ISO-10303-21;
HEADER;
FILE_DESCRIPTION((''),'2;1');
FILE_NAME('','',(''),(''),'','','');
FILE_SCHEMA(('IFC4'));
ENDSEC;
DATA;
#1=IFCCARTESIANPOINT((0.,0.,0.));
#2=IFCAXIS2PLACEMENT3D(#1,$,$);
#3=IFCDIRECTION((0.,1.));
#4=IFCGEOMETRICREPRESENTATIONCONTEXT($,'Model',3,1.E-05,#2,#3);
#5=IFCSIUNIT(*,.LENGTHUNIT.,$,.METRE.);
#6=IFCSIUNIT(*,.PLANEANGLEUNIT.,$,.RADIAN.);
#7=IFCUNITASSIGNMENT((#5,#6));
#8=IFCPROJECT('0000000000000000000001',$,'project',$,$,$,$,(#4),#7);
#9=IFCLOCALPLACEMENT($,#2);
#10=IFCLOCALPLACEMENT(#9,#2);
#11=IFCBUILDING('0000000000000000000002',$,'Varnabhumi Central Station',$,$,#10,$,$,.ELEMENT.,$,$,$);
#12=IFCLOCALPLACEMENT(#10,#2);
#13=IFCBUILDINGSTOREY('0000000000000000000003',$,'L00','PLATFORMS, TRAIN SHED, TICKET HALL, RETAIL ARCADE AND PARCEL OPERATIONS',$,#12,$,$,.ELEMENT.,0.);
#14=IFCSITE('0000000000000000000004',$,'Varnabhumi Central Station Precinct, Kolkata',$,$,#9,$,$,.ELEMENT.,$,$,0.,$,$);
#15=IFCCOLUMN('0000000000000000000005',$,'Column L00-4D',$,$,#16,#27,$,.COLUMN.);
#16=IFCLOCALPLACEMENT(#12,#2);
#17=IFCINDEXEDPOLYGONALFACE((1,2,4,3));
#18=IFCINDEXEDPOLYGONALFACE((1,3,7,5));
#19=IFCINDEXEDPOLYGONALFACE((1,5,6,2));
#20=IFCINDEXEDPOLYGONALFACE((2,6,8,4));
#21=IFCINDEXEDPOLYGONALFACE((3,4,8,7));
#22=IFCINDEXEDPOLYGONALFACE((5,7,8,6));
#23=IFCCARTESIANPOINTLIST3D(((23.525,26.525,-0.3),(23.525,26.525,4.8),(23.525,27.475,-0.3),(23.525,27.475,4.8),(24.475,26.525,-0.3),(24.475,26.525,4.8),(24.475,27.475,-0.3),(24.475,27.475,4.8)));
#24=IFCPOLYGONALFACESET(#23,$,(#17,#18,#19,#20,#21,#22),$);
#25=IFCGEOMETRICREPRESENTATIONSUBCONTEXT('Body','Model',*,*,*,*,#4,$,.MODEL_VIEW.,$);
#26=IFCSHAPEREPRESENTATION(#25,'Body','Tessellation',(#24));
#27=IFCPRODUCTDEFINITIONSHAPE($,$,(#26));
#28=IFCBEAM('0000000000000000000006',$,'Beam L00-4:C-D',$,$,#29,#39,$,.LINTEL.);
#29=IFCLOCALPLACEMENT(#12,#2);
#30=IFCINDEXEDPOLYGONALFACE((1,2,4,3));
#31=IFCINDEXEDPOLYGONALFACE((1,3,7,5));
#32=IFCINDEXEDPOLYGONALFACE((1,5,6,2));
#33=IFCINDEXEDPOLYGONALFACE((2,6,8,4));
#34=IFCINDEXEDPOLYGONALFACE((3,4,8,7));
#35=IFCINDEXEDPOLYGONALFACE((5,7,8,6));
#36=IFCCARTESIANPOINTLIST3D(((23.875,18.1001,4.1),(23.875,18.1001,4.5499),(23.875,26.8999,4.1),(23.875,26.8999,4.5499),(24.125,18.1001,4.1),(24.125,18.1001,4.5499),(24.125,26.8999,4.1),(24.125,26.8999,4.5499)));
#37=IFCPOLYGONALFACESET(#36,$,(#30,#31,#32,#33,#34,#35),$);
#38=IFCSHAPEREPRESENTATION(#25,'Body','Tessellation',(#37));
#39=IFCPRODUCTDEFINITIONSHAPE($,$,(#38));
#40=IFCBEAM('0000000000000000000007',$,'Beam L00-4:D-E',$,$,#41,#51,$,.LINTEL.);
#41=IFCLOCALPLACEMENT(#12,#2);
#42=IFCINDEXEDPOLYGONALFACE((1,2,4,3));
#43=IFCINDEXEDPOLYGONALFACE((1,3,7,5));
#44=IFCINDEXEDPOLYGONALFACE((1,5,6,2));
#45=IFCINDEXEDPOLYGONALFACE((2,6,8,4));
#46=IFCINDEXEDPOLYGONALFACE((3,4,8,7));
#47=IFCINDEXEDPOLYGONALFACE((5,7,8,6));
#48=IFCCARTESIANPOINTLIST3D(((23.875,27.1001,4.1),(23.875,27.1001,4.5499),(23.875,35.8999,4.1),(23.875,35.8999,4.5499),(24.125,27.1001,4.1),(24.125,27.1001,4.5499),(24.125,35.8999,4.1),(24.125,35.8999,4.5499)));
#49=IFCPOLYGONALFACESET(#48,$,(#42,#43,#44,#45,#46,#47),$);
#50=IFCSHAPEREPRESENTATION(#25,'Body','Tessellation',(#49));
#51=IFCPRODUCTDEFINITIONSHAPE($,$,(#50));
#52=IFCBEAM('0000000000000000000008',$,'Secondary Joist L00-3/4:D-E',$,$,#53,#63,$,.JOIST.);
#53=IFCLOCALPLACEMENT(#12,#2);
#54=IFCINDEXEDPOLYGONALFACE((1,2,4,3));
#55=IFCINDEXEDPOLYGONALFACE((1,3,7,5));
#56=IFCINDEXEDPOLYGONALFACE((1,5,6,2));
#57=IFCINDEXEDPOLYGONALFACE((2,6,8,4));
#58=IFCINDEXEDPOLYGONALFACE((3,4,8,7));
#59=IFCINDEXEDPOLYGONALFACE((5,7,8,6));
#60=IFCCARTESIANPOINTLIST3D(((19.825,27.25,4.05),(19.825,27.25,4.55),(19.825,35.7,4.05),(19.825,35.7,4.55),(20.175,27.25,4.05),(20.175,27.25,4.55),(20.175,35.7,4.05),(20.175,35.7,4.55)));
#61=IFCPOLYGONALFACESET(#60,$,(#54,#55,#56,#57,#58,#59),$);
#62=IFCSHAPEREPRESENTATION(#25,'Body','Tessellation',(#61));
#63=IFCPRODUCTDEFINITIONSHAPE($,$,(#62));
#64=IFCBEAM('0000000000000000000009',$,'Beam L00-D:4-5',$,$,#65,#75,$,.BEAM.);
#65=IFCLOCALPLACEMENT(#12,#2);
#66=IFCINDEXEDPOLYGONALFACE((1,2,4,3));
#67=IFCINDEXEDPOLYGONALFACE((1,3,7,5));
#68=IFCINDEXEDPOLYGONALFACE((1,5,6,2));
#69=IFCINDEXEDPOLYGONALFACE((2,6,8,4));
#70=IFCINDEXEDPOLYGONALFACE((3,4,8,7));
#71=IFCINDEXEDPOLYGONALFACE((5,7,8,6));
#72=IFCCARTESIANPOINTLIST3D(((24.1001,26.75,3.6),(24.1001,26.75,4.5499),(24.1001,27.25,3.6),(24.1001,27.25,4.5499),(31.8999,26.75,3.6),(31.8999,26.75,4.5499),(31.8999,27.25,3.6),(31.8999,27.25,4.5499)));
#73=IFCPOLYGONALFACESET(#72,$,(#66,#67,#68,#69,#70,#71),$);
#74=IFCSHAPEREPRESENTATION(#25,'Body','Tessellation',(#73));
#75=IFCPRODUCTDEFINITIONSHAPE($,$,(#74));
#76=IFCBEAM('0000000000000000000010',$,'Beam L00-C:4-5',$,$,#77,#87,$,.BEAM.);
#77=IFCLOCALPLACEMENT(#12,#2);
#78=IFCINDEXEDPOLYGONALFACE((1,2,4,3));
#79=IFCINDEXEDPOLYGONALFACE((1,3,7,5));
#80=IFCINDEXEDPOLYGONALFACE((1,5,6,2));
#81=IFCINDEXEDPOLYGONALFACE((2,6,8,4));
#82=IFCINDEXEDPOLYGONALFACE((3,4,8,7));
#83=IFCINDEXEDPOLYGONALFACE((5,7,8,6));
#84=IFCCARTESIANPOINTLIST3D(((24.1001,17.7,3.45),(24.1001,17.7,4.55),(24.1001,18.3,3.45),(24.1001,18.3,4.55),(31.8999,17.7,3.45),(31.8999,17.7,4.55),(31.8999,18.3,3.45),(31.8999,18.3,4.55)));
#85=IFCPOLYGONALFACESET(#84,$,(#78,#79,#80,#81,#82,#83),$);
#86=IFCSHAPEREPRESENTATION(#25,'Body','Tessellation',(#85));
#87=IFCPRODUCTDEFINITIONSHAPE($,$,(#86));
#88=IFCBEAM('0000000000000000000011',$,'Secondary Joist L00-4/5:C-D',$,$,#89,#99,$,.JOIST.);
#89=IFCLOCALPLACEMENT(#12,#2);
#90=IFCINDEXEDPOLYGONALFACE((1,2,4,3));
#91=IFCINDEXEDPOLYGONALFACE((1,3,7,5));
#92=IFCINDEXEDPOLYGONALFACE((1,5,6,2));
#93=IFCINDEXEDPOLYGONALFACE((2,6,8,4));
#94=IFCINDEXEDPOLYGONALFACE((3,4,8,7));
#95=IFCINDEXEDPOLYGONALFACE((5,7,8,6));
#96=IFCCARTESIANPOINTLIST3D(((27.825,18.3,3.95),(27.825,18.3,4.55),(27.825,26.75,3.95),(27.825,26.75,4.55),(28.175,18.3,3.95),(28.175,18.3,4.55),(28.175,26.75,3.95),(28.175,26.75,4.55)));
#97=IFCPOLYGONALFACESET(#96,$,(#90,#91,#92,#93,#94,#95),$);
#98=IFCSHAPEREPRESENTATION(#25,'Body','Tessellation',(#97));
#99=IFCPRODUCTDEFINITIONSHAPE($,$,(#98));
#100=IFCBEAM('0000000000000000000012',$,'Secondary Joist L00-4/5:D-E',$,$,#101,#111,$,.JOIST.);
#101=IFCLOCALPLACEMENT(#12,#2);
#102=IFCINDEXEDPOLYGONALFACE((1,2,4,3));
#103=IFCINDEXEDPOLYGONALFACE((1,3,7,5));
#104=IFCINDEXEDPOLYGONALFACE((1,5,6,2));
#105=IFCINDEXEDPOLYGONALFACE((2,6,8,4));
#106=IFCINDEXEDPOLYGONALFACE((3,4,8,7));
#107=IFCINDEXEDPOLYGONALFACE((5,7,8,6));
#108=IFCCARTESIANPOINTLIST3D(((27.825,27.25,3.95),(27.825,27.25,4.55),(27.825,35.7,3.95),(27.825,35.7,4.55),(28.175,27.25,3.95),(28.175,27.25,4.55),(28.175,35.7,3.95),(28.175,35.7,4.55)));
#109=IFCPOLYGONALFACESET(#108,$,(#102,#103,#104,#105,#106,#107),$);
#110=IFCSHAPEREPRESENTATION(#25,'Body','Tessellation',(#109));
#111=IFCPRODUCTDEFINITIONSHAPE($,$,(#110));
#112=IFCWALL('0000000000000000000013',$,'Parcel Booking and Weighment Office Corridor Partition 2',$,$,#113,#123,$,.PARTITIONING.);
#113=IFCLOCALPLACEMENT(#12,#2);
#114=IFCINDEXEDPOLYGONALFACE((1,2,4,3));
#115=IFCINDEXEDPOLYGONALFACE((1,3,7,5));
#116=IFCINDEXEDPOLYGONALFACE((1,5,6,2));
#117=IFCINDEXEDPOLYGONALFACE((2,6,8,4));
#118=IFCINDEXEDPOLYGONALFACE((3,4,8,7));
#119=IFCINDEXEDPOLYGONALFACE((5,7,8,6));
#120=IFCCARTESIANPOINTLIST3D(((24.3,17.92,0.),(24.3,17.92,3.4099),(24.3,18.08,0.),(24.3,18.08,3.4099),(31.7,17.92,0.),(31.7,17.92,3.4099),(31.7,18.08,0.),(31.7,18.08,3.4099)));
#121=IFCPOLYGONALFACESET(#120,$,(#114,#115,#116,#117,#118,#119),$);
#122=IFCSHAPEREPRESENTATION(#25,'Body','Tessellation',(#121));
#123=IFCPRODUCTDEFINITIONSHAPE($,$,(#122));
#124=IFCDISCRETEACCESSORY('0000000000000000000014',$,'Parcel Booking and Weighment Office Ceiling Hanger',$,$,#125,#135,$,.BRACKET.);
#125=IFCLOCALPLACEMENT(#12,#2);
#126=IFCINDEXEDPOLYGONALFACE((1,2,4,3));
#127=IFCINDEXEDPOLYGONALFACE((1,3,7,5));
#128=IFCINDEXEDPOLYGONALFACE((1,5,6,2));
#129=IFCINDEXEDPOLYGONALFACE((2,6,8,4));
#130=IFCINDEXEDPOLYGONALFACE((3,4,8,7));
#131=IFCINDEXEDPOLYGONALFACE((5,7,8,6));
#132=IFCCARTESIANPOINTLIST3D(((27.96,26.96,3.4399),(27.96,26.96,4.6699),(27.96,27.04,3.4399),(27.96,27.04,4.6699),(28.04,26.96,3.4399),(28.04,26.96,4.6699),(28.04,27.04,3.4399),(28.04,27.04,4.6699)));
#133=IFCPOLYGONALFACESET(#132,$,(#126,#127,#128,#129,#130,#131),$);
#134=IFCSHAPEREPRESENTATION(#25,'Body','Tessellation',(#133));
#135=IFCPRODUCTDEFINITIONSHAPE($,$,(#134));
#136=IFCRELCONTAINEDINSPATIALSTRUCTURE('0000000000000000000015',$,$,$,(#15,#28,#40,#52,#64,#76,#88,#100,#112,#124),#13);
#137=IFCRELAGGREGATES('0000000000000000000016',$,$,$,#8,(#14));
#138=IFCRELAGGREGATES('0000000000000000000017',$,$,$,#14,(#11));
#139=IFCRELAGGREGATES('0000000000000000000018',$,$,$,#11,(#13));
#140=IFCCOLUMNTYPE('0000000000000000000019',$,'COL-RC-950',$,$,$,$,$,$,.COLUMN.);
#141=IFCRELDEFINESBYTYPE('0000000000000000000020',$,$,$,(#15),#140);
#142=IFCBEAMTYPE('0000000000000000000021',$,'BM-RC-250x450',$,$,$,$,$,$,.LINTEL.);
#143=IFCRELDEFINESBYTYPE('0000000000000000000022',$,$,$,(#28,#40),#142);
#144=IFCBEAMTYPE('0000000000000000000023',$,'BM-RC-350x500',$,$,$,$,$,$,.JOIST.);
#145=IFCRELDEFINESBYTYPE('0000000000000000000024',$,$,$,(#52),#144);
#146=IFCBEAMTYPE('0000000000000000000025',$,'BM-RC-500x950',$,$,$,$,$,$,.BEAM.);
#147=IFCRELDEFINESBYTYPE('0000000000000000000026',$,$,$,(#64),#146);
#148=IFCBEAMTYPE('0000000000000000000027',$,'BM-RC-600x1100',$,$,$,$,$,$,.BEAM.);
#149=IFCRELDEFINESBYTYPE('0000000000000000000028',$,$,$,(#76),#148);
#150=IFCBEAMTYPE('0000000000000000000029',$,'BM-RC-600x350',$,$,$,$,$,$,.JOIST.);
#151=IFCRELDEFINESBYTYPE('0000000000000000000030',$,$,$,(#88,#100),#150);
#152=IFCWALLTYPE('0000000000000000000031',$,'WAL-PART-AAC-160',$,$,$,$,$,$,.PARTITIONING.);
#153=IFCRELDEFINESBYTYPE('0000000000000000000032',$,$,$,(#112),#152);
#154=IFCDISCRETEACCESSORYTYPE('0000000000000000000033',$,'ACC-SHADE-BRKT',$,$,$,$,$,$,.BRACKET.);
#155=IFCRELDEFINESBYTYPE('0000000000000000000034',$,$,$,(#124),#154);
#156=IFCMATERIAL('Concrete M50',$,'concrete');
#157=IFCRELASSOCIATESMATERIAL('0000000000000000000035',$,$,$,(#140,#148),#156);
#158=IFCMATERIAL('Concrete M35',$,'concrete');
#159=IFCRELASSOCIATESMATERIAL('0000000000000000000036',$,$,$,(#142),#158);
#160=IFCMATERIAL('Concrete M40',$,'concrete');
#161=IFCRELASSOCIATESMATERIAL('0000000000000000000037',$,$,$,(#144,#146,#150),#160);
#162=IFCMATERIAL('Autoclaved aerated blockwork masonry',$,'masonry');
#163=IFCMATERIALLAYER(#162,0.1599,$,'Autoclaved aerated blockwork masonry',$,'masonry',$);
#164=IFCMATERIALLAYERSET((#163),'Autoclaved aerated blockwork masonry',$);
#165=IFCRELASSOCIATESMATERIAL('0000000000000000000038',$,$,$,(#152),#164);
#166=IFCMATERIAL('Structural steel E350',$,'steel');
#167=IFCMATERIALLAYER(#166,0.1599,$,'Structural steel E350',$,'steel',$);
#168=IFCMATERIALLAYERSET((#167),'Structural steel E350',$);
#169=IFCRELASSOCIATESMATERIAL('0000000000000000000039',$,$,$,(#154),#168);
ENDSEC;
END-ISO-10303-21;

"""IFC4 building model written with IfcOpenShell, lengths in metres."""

from ifc_helpers import new_model, si_unit, direction, frame, frame_2d, origin, origin_2d, place, context, subcontext, project, spatial, rectangle, extrude, material, layer, layer_set, material_profile, profile_set, type_object, element, save


model = new_model("IFC4")

# Units and contexts
model_context = context("Model", 3, precision=1e-05, world=origin(), true_north=direction((0.0, 1.0)))
body_context = subcontext(model_context, "Body", "Model", "MODEL_VIEW")
ifc_project = project(units=[si_unit("LENGTHUNIT", "METRE"), si_unit("PLANEANGLEUNIT", "RADIAN")], contexts=[model_context])

# Site, building, storey
site_placement = place(None, origin())
site = spatial("IfcSite", under=ifc_project, at=site_placement, Name="Varnabhumi Central Station Precinct, Kolkata", CompositionType="ELEMENT", RefElevation=0.0)
building_placement = place(site_placement, origin())
building = spatial("IfcBuilding", under=site, at=building_placement, Name="Varnabhumi Central Station", CompositionType="ELEMENT")
storey_placement = place(building_placement, origin())
storey = spatial("IfcBuildingStorey", under=building, at=storey_placement, Name="L00", Description="PLATFORMS, TRAIN SHED, TICKET HALL, RETAIL ARCADE AND PARCEL OPERATIONS", CompositionType="ELEMENT", Elevation=0.0)

# Shared definitions
ifc_material_1 = material(Name="Concrete M40", Category="concrete")

# Shared definitions
ifc_material_2 = material(Name="Concrete M35", Category="concrete")

# Column
ifc_material_3 = material(Name="Concrete M50", Category="concrete")
ifc_material_profile_1 = material_profile(ifc_material_3, rectangle(XDim=0.95, YDim=0.95, at=origin_2d()), Name="Concrete M50", Category="concrete")
ifc_profile_set_1 = profile_set([ifc_material_profile_1], Name="Concrete M50")
column_type = type_object("IfcColumnType", Name="COL-RC-950", PredefinedType="COLUMN", material=ifc_profile_set_1)
for number, where, z_axis, x_axis, name in (
    (1, (24.0, 27.0, -0.3), (0.0, 0.0, 1.0), (1.0, 0.0, 0.0), "Column L00-4D"),
):
    element("IfcColumn", number, at=place(storey_placement, frame(where, z_axis=z_axis, x_axis=x_axis)), inside=storey, type_object=column_type, Name=name, PredefinedType="COLUMN", context=body_context, shape_type="SweptSolid", body=[
        extrude(rectangle(XDim=0.95, YDim=0.95, at=origin_2d()), origin(), (0.0, 0.0, 1.0), 5.1001),
    ])

# Beams
ifc_material_profile_2 = material_profile(ifc_material_2, rectangle(XDim=0.25, YDim=0.45, at=origin_2d()), Name="Concrete M35", Category="concrete")
ifc_profile_set_2 = profile_set([ifc_material_profile_2], Name="Concrete M35")
beam_type_1 = type_object("IfcBeamType", Name="BM-RC-250x450", PredefinedType="LINTEL", material=ifc_profile_set_2)
for number, where, z_axis, x_axis, name in (
    (2, (24.0, 18.1001, 4.325), (0.0, 1.0, 0.0), (-1.0, 0.0, 0.0), "Beam L00-4:C-D"),
    (3, (24.0, 27.1001, 4.325), (0.0, 1.0, 0.0), (-1.0, 0.0, 0.0), "Beam L00-4:D-E"),
):
    element("IfcBeam", number, at=place(storey_placement, frame(where, z_axis=z_axis, x_axis=x_axis)), inside=storey, type_object=beam_type_1, Name=name, PredefinedType="LINTEL", context=body_context, shape_type="SweptSolid", body=[
        extrude(rectangle(XDim=0.25, YDim=0.45, at=origin_2d()), origin(), (0.0, 0.0, 1.0), 8.7998),
    ])
ifc_material_profile_3 = material_profile(ifc_material_1, rectangle(XDim=0.3501, YDim=0.5, at=origin_2d()), Name="Concrete M40", Category="concrete")
ifc_profile_set_3 = profile_set([ifc_material_profile_3], Name="Concrete M40")
beam_type_2 = type_object("IfcBeamType", Name="BM-RC-350x500", PredefinedType="JOIST", material=ifc_profile_set_3)
beam_1_placement = place(storey_placement, frame((20.0, 27.25, 4.3), z_axis=(0.0, 1.0, 0.0), x_axis=(-1.0, 0.0, 0.0)))
element("IfcBeam", 4, at=beam_1_placement, inside=storey, type_object=beam_type_2, Name="Secondary Joist L00-3/4:D-E", PredefinedType="JOIST", context=body_context, shape_type="SweptSolid", body=[
    extrude(rectangle(XDim=0.3501, YDim=0.5, at=origin_2d()), origin(), (0.0, 0.0, 1.0), 8.45),
])
ifc_material_profile_4 = material_profile(ifc_material_1, rectangle(XDim=0.5, YDim=0.95, at=origin_2d()), Name="Concrete M40", Category="concrete")
ifc_profile_set_4 = profile_set([ifc_material_profile_4], Name="Concrete M40")
beam_type_3 = type_object("IfcBeamType", Name="BM-RC-500x950", PredefinedType="BEAM", material=ifc_profile_set_4)
beam_2_placement = place(storey_placement, frame((24.1001, 27.0, 4.075), z_axis=(1.0, 0.0, 0.0), x_axis=(0.0, 1.0, 0.0)))
element("IfcBeam", 5, at=beam_2_placement, inside=storey, type_object=beam_type_3, Name="Beam L00-D:4-5", PredefinedType="BEAM", context=body_context, shape_type="SweptSolid", body=[
    extrude(rectangle(XDim=0.5, YDim=0.95, at=origin_2d()), origin(), (0.0, 0.0, 1.0), 7.7998),
])
ifc_material_profile_5 = material_profile(ifc_material_3, rectangle(XDim=0.6001, YDim=1.1001, at=origin_2d()), Name="Concrete M50", Category="concrete")
ifc_profile_set_5 = profile_set([ifc_material_profile_5], Name="Concrete M50")
beam_type_4 = type_object("IfcBeamType", Name="BM-RC-600x1100", PredefinedType="BEAM", material=ifc_profile_set_5)
beam_3_placement = place(storey_placement, frame((24.1001, 18.0, 4.0), z_axis=(1.0, 0.0, 0.0), x_axis=(0.0, 1.0, 0.0)))
element("IfcBeam", 6, at=beam_3_placement, inside=storey, type_object=beam_type_4, Name="Beam L00-C:4-5", PredefinedType="BEAM", context=body_context, shape_type="SweptSolid", body=[
    extrude(rectangle(XDim=0.6001, YDim=1.1001, at=origin_2d()), origin(), (0.0, 0.0, 1.0), 7.7998),
])
ifc_material_profile_6 = material_profile(ifc_material_1, rectangle(XDim=0.3501, YDim=0.6001, at=origin_2d()), Name="Concrete M40", Category="concrete")
ifc_profile_set_6 = profile_set([ifc_material_profile_6], Name="Concrete M40")
beam_type_5 = type_object("IfcBeamType", Name="BM-RC-600x350", PredefinedType="JOIST", material=ifc_profile_set_6)
for number, where, z_axis, x_axis, name in (
    (7, (28.0, 18.3, 4.25), (0.0, 1.0, 0.0), (-1.0, 0.0, 0.0), "Secondary Joist L00-4/5:C-D"),
    (8, (28.0, 27.25, 4.25), (0.0, 1.0, 0.0), (-1.0, 0.0, 0.0), "Secondary Joist L00-4/5:D-E"),
):
    element("IfcBeam", number, at=place(storey_placement, frame(where, z_axis=z_axis, x_axis=x_axis)), inside=storey, type_object=beam_type_5, Name=name, PredefinedType="JOIST", context=body_context, shape_type="SweptSolid", body=[
        extrude(rectangle(XDim=0.3501, YDim=0.6001, at=origin_2d()), origin(), (0.0, 0.0, 1.0), 8.45),
    ])

# Wall
ifc_material_4 = material(Name="Autoclaved aerated blockwork masonry", Category="masonry")
ifc_layer_1 = layer(ifc_material_4, 0.1599, Name="Autoclaved aerated blockwork masonry", Category="masonry")
ifc_layer_set_1 = layer_set([ifc_layer_1], Name="Autoclaved aerated blockwork masonry")
wall_type = type_object("IfcWallType", Name="WAL-PART-AAC-160", PredefinedType="PARTITIONING", material=ifc_layer_set_1)
wall_placement = place(storey_placement, frame((24.3, 18.0, 0.0), z_axis=(0.0, 0.0, 1.0), x_axis=(1.0, 0.0, 0.0)))
element("IfcWall", 9, at=wall_placement, inside=storey, type_object=wall_type, Name="Parcel Booking and Weighment Office Corridor Partition 2", PredefinedType="PARTITIONING", context=body_context, shape_type="SweptSolid", body=[
    extrude(rectangle(XDim=7.3999, YDim=0.1599, at=frame_2d((3.7, 0.0))), origin(), (0.0, 0.0, 1.0), 3.4099),
])

# Discrete accessory
ifc_material_5 = material(Name="Structural steel E350", Category="steel")
ifc_layer_2 = layer(ifc_material_5, 0.1599, Name="Structural steel E350", Category="steel")
ifc_layer_set_2 = layer_set([ifc_layer_2], Name="Structural steel E350")
discrete_accessory_type = type_object("IfcDiscreteAccessoryType", Name="ACC-SHADE-BRKT", PredefinedType="BRACKET", material=ifc_layer_set_2)
discrete_accessory_placement = place(storey_placement, frame((28.0, 27.0, 3.4399), z_axis=(0.0, 0.0, 1.0), x_axis=(1.0, 0.0, 0.0)))
element("IfcDiscreteAccessory", 10, at=discrete_accessory_placement, inside=storey, type_object=discrete_accessory_type, Name="Parcel Booking and Weighment Office Ceiling Hanger", PredefinedType="BRACKET", context=body_context, shape_type="SweptSolid", body=[
    extrude(rectangle(XDim=0.0801, YDim=0.0801, at=origin_2d()), origin(), (0.0, 0.0, 1.0), 1.23),
])

save(model, "model.ifc")
